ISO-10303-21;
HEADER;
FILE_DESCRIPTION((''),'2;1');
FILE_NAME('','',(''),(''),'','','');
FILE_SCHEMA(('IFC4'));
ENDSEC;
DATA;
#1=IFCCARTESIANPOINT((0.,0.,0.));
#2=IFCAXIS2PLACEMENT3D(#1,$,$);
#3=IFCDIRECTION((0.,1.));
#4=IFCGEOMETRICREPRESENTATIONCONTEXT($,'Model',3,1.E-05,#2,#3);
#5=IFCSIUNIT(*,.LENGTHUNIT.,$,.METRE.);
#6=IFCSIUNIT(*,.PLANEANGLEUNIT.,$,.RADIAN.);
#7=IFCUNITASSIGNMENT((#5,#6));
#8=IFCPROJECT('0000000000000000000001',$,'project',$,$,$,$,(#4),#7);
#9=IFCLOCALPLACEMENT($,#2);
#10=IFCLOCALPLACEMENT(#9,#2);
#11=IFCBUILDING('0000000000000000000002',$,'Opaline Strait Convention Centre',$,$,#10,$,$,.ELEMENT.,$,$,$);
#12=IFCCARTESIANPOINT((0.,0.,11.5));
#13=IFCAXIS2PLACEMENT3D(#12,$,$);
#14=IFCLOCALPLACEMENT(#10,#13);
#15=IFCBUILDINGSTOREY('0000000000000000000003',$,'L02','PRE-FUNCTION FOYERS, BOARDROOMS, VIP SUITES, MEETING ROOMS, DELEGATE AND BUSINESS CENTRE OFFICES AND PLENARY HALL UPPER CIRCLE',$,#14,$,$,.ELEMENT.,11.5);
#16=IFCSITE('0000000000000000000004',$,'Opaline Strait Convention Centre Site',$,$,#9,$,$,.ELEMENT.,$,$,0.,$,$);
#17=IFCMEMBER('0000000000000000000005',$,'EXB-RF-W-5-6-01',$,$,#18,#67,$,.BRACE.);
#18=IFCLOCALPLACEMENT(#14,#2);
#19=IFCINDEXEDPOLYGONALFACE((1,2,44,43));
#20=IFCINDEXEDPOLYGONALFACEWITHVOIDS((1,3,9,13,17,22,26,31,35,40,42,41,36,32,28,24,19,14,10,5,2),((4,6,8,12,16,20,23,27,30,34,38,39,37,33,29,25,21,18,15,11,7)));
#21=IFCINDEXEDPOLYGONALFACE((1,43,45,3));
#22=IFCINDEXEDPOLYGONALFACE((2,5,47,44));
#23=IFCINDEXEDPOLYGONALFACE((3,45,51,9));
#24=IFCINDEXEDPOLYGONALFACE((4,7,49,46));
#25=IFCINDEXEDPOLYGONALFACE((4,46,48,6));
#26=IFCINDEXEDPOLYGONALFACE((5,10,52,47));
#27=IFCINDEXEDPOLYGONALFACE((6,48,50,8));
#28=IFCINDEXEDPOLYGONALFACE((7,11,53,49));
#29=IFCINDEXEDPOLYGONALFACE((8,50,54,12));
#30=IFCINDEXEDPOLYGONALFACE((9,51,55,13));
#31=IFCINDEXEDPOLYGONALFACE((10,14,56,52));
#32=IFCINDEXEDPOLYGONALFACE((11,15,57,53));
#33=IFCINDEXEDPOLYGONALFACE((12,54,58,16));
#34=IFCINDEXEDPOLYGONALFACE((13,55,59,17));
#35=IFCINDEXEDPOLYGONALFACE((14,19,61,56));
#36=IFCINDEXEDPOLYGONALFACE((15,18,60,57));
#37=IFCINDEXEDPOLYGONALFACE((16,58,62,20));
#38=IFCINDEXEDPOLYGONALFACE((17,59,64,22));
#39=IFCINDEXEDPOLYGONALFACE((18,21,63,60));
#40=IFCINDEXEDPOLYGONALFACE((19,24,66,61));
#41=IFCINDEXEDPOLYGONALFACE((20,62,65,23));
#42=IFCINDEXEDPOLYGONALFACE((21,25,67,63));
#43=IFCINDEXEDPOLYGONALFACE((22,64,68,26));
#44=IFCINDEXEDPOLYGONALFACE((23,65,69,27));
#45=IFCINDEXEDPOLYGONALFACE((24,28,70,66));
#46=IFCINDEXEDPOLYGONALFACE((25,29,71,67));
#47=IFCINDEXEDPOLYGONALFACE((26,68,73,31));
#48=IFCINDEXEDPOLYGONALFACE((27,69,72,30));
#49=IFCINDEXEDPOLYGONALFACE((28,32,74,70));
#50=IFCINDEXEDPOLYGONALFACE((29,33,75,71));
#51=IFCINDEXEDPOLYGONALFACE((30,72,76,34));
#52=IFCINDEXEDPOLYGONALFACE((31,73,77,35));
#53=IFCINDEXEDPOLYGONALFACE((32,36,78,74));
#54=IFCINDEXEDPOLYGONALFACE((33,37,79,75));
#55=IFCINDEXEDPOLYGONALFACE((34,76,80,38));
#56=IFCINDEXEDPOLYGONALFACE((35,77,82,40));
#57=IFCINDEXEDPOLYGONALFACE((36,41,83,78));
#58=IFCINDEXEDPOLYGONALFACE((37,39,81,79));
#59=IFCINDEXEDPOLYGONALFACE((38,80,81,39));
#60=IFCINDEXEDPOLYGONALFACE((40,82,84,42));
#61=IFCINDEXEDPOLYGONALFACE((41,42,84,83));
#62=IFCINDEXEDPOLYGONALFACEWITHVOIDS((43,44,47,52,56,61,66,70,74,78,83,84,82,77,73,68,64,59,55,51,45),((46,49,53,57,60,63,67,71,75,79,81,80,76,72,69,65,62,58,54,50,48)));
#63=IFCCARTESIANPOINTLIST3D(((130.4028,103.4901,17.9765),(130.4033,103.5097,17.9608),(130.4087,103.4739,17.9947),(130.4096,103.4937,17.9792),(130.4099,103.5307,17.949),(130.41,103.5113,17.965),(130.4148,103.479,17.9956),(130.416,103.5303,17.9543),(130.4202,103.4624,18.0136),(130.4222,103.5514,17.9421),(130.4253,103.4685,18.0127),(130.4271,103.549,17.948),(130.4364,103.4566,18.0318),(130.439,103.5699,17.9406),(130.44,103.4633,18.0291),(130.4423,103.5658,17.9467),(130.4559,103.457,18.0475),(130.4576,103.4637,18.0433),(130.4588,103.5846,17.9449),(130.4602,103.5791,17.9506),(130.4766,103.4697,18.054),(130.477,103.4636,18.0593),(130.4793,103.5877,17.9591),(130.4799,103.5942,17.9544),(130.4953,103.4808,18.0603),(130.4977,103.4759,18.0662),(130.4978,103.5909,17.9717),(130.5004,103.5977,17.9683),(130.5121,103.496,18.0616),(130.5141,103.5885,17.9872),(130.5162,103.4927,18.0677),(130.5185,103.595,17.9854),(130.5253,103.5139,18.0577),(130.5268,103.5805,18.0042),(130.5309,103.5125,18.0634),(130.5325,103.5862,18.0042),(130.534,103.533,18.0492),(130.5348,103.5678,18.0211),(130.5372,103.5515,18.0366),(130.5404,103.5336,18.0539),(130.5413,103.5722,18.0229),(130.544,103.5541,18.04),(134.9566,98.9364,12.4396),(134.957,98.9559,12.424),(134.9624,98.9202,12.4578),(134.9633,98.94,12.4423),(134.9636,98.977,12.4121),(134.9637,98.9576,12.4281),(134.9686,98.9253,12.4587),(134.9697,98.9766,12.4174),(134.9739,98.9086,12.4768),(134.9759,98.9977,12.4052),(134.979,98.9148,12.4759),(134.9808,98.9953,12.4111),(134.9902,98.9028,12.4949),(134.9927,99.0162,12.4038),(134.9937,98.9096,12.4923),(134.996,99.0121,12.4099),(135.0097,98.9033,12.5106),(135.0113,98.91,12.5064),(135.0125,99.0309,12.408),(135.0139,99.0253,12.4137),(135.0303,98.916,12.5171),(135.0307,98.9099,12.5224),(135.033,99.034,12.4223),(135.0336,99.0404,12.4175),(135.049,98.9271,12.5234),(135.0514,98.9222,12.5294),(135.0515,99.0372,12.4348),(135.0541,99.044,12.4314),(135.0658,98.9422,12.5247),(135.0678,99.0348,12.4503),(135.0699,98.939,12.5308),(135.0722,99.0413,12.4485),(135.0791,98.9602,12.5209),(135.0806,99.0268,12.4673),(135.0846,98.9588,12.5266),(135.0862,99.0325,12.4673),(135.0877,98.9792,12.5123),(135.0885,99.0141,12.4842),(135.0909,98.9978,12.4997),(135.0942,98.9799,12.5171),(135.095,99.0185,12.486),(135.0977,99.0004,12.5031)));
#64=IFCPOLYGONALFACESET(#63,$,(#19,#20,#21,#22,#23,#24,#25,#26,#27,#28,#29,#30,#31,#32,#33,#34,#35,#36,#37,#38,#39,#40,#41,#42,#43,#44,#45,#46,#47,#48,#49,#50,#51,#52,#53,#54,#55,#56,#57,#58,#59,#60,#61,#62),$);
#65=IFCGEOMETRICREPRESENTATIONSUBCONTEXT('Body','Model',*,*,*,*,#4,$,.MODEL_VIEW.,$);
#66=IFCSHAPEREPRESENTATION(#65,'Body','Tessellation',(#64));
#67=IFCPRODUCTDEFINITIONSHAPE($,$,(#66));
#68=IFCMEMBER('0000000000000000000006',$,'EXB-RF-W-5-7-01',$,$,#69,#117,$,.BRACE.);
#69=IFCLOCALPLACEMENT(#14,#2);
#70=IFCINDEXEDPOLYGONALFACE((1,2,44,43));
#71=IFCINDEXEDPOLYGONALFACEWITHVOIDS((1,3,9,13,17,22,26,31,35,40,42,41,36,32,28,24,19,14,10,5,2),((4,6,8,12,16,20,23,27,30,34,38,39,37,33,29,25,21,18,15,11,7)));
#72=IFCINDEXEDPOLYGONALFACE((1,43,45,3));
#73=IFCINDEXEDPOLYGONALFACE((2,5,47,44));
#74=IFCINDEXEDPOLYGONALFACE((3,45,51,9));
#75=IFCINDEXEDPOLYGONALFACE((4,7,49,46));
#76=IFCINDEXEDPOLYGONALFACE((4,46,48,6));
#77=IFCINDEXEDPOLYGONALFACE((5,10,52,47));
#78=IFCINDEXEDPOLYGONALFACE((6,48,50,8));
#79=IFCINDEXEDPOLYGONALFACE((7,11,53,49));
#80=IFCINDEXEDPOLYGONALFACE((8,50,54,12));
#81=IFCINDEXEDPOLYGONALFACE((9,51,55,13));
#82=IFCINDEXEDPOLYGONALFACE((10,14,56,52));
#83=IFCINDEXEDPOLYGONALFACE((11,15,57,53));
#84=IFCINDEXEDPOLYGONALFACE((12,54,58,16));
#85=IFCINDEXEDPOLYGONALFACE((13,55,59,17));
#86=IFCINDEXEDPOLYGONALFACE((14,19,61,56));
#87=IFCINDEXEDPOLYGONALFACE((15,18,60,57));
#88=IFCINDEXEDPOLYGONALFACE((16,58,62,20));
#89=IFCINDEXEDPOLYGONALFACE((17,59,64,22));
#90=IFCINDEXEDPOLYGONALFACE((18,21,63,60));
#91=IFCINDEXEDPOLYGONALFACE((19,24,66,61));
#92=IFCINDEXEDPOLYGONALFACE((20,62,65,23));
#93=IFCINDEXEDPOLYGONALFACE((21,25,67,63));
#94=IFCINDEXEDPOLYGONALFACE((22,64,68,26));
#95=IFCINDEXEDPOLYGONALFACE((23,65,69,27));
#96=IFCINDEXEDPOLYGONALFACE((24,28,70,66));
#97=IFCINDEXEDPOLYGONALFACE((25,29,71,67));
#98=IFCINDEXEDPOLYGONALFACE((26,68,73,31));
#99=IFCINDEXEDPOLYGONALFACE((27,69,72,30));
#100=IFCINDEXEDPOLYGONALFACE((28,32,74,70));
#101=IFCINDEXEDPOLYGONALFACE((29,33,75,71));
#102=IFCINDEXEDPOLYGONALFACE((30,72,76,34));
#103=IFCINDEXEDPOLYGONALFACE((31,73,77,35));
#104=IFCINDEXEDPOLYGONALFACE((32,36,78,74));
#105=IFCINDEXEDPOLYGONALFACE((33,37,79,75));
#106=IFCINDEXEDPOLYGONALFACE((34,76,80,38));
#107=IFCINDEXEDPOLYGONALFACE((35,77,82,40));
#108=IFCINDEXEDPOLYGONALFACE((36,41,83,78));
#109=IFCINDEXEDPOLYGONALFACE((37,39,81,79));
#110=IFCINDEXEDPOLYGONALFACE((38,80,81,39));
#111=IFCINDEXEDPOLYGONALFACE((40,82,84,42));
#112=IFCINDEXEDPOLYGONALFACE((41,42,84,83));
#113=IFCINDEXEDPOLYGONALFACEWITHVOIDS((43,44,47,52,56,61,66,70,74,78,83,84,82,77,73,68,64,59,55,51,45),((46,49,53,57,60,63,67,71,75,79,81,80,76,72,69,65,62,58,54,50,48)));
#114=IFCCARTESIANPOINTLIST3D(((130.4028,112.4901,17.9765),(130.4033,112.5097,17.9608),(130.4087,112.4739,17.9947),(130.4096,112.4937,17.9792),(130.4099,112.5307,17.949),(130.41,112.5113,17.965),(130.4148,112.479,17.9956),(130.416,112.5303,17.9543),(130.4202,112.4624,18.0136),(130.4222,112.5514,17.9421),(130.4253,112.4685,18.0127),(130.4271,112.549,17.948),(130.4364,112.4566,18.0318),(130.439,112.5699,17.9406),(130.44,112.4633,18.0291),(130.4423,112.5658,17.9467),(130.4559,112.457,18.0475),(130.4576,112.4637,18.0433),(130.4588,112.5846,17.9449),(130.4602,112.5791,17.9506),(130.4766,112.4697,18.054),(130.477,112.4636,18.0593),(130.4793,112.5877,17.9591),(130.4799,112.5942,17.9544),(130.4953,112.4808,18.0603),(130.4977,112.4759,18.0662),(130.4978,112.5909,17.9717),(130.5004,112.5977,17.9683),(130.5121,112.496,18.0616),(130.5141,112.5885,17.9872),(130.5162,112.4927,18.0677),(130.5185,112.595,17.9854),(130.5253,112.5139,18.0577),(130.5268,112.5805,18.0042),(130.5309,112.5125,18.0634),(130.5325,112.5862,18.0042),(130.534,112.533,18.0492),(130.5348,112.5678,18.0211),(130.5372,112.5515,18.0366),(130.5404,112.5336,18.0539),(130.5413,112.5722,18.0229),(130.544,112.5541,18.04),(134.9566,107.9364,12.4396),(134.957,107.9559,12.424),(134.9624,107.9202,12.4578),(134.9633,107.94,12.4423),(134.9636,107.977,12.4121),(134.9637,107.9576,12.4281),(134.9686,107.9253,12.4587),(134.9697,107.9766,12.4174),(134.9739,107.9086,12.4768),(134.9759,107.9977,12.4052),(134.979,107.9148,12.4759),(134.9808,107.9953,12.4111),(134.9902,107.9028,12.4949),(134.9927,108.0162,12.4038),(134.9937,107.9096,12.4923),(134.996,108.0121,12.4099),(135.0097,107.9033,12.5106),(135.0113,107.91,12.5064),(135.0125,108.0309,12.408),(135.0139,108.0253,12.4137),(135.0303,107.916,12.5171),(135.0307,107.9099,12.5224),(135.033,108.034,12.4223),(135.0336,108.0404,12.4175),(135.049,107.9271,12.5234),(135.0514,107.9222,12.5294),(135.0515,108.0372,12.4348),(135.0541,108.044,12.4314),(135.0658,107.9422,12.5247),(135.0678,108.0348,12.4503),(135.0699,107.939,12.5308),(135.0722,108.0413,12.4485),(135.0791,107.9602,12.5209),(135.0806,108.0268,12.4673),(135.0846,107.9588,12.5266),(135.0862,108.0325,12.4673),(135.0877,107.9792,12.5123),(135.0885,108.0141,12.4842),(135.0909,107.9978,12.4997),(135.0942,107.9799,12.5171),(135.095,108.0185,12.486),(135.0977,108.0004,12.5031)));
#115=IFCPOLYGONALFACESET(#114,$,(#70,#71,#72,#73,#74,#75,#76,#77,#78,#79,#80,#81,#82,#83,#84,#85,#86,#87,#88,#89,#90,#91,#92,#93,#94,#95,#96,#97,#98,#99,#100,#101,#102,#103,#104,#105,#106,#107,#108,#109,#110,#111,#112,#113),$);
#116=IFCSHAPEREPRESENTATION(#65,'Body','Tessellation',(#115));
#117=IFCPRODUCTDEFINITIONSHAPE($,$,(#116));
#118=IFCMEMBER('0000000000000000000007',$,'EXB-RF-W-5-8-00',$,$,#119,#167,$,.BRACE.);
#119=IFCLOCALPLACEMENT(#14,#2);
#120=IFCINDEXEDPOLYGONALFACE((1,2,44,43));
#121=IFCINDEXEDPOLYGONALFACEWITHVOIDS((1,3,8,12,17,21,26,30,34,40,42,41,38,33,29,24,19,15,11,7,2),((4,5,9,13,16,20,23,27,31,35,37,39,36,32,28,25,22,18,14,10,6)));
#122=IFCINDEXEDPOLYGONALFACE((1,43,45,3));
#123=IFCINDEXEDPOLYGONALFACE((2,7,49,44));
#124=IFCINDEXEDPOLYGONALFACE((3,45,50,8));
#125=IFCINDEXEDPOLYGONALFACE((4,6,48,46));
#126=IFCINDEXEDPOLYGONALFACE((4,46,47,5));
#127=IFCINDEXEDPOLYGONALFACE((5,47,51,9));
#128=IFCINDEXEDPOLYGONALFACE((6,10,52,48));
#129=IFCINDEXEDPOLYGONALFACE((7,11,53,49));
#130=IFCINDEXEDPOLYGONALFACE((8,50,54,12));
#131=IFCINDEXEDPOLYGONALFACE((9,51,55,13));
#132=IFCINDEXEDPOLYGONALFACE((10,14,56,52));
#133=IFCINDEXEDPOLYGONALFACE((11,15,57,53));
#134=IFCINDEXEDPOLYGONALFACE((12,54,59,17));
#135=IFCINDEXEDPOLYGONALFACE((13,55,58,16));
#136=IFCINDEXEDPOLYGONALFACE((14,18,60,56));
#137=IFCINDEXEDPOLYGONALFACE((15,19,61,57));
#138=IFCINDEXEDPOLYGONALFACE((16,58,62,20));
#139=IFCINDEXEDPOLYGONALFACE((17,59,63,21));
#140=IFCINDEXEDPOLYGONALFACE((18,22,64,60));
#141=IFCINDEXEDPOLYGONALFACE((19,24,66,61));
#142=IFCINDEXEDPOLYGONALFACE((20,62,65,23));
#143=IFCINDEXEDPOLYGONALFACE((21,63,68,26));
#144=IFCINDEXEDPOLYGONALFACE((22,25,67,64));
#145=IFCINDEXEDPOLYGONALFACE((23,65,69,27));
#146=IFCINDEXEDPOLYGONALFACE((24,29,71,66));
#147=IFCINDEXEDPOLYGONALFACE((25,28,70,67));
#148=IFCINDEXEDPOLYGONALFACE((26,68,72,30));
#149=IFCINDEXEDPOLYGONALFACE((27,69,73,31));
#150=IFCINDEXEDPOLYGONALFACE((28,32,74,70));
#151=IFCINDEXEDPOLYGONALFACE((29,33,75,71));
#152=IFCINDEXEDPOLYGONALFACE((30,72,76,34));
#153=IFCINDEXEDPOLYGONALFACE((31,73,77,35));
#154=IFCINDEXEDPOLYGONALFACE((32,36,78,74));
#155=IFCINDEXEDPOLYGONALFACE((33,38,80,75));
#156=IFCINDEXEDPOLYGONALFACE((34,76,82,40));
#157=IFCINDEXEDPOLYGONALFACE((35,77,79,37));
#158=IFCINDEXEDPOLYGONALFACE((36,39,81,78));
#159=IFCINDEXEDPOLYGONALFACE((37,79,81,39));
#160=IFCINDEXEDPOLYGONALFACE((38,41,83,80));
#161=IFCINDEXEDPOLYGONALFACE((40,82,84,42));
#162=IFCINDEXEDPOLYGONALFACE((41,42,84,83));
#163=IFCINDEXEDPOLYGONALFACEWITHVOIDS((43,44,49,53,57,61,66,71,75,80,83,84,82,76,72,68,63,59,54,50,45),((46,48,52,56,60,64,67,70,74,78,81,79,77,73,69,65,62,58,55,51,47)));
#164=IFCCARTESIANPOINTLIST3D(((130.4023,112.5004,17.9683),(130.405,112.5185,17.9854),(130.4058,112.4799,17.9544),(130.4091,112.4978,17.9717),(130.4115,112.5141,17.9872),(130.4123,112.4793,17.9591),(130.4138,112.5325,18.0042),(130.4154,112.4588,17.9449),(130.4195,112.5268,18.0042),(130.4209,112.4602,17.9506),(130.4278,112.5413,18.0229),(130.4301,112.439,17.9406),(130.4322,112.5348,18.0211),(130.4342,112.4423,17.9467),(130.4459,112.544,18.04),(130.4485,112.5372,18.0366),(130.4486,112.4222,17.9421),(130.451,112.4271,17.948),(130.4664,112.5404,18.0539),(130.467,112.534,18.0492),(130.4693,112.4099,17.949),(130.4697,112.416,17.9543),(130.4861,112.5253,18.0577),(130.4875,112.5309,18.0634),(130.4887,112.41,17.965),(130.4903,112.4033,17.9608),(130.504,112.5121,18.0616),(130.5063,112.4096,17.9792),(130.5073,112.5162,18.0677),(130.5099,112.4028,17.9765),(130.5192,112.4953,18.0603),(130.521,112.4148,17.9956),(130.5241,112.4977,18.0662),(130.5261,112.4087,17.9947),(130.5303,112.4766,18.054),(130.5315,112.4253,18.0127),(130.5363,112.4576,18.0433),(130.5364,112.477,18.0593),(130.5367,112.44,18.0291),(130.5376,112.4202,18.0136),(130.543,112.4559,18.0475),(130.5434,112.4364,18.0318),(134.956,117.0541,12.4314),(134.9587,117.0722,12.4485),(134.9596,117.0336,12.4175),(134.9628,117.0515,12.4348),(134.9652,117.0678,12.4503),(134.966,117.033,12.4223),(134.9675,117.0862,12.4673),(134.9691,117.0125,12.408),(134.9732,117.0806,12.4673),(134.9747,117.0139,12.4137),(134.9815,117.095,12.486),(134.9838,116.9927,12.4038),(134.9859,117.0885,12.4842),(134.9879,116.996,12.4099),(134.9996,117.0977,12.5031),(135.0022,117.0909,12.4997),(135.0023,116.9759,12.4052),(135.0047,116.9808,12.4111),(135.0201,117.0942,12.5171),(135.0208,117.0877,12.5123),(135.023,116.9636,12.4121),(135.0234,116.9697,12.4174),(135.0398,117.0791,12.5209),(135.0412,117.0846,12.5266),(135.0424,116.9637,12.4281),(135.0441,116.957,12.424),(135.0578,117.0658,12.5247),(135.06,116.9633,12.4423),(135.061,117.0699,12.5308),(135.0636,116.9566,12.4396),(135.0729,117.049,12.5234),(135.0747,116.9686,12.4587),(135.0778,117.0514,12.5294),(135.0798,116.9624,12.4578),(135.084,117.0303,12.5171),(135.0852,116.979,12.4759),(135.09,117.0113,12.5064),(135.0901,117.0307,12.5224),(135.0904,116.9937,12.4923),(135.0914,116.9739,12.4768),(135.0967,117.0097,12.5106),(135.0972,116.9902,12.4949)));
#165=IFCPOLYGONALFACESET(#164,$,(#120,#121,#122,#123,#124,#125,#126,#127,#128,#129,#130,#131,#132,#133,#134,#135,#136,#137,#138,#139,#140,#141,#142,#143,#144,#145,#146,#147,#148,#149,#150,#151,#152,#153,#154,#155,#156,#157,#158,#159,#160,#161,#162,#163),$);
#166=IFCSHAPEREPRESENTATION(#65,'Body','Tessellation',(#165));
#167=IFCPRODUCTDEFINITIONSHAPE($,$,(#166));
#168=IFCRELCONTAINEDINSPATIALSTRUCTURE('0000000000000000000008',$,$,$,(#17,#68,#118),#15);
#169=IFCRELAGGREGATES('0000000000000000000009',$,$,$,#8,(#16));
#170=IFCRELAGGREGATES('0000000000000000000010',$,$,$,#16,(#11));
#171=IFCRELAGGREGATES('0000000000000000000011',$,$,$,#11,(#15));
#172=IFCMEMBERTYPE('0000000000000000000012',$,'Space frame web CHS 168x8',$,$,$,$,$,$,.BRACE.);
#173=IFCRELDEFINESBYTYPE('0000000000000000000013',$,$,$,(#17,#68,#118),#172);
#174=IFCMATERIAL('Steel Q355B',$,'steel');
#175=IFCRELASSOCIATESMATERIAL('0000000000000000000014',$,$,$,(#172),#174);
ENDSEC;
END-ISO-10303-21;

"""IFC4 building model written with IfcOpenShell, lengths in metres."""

from ifc_helpers import new_model, si_unit, direction, frame, origin, origin_2d, place, context, subcontext, project, spatial, hollow_circle, extrude, material, material_profile, profile_set, type_object, element, save


model = new_model("IFC4")

# Units and contexts
model_context = context("Model", 3, precision=1e-05, world=origin(), true_north=direction((0.0, 1.0)))
body_context = subcontext(model_context, "Body", "Model", "MODEL_VIEW")
ifc_project = project(units=[si_unit("LENGTHUNIT", "METRE"), si_unit("PLANEANGLEUNIT", "RADIAN")], contexts=[model_context])

# Site, building, storey
site_placement = place(None, origin())
site = spatial("IfcSite", under=ifc_project, at=site_placement, Name="Opaline Strait Convention Centre Site", CompositionType="ELEMENT", RefElevation=0.0)
building_placement = place(site_placement, origin())
building = spatial("IfcBuilding", under=site, at=building_placement, Name="Opaline Strait Convention Centre", CompositionType="ELEMENT")
storey_placement = place(building_placement, frame((0.0, 0.0, 11.5)))
storey = spatial("IfcBuildingStorey", under=building, at=storey_placement, Name="L02", Description="PRE-FUNCTION FOYERS, BOARDROOMS, VIP SUITES, MEETING ROOMS, DELEGATE AND BUSINESS CENTRE OFFICES AND PLENARY HALL UPPER CIRCLE", CompositionType="ELEMENT", Elevation=11.5)

# Members
ifc_material = material(Name="Steel Q355B", Category="steel")
ifc_material_profile_1 = material_profile(ifc_material, hollow_circle(Radius=0.084, WallThickness=0.0081, at=origin_2d()), Name="CHS 168x8")
ifc_profile_set_1 = profile_set([ifc_material_profile_1], Name="Steel Q355B")
member_type_1 = type_object("IfcMemberType", Name="Space frame web CHS 168x8", PredefinedType="BRACE", material=ifc_profile_set_1)
for number, where, z_axis, x_axis, name in (
    (1, (130.4731, 103.5269, 18.0042), (0.536178, -0.536178, -0.65194), (0.707107, 0.707107, 0.0), "EXB-RF-W-5-6-01"),
    (2, (130.4731, 112.5269, 18.0042), (0.536178, -0.536178, -0.65194), (0.707107, 0.707107, 0.0), "EXB-RF-W-5-7-01"),
    (3, (130.4731, 112.4731, 18.0042), (0.536178, 0.536178, -0.65194), (-0.707107, 0.707107, 0.0), "EXB-RF-W-5-8-00"),
):
    element("IfcMember", number, at=place(storey_placement, frame(where, z_axis=z_axis, x_axis=x_axis)), inside=storey, type_object=member_type_1, Name=name, PredefinedType="BRACE", context=body_context, shape_type="SweptSolid", body=[
        extrude(hollow_circle(Radius=0.084, WallThickness=0.0081, at=origin_2d()), origin(), (0.0, 0.0, 1.0), 8.4929),
    ])

save(model, "model.ifc")
